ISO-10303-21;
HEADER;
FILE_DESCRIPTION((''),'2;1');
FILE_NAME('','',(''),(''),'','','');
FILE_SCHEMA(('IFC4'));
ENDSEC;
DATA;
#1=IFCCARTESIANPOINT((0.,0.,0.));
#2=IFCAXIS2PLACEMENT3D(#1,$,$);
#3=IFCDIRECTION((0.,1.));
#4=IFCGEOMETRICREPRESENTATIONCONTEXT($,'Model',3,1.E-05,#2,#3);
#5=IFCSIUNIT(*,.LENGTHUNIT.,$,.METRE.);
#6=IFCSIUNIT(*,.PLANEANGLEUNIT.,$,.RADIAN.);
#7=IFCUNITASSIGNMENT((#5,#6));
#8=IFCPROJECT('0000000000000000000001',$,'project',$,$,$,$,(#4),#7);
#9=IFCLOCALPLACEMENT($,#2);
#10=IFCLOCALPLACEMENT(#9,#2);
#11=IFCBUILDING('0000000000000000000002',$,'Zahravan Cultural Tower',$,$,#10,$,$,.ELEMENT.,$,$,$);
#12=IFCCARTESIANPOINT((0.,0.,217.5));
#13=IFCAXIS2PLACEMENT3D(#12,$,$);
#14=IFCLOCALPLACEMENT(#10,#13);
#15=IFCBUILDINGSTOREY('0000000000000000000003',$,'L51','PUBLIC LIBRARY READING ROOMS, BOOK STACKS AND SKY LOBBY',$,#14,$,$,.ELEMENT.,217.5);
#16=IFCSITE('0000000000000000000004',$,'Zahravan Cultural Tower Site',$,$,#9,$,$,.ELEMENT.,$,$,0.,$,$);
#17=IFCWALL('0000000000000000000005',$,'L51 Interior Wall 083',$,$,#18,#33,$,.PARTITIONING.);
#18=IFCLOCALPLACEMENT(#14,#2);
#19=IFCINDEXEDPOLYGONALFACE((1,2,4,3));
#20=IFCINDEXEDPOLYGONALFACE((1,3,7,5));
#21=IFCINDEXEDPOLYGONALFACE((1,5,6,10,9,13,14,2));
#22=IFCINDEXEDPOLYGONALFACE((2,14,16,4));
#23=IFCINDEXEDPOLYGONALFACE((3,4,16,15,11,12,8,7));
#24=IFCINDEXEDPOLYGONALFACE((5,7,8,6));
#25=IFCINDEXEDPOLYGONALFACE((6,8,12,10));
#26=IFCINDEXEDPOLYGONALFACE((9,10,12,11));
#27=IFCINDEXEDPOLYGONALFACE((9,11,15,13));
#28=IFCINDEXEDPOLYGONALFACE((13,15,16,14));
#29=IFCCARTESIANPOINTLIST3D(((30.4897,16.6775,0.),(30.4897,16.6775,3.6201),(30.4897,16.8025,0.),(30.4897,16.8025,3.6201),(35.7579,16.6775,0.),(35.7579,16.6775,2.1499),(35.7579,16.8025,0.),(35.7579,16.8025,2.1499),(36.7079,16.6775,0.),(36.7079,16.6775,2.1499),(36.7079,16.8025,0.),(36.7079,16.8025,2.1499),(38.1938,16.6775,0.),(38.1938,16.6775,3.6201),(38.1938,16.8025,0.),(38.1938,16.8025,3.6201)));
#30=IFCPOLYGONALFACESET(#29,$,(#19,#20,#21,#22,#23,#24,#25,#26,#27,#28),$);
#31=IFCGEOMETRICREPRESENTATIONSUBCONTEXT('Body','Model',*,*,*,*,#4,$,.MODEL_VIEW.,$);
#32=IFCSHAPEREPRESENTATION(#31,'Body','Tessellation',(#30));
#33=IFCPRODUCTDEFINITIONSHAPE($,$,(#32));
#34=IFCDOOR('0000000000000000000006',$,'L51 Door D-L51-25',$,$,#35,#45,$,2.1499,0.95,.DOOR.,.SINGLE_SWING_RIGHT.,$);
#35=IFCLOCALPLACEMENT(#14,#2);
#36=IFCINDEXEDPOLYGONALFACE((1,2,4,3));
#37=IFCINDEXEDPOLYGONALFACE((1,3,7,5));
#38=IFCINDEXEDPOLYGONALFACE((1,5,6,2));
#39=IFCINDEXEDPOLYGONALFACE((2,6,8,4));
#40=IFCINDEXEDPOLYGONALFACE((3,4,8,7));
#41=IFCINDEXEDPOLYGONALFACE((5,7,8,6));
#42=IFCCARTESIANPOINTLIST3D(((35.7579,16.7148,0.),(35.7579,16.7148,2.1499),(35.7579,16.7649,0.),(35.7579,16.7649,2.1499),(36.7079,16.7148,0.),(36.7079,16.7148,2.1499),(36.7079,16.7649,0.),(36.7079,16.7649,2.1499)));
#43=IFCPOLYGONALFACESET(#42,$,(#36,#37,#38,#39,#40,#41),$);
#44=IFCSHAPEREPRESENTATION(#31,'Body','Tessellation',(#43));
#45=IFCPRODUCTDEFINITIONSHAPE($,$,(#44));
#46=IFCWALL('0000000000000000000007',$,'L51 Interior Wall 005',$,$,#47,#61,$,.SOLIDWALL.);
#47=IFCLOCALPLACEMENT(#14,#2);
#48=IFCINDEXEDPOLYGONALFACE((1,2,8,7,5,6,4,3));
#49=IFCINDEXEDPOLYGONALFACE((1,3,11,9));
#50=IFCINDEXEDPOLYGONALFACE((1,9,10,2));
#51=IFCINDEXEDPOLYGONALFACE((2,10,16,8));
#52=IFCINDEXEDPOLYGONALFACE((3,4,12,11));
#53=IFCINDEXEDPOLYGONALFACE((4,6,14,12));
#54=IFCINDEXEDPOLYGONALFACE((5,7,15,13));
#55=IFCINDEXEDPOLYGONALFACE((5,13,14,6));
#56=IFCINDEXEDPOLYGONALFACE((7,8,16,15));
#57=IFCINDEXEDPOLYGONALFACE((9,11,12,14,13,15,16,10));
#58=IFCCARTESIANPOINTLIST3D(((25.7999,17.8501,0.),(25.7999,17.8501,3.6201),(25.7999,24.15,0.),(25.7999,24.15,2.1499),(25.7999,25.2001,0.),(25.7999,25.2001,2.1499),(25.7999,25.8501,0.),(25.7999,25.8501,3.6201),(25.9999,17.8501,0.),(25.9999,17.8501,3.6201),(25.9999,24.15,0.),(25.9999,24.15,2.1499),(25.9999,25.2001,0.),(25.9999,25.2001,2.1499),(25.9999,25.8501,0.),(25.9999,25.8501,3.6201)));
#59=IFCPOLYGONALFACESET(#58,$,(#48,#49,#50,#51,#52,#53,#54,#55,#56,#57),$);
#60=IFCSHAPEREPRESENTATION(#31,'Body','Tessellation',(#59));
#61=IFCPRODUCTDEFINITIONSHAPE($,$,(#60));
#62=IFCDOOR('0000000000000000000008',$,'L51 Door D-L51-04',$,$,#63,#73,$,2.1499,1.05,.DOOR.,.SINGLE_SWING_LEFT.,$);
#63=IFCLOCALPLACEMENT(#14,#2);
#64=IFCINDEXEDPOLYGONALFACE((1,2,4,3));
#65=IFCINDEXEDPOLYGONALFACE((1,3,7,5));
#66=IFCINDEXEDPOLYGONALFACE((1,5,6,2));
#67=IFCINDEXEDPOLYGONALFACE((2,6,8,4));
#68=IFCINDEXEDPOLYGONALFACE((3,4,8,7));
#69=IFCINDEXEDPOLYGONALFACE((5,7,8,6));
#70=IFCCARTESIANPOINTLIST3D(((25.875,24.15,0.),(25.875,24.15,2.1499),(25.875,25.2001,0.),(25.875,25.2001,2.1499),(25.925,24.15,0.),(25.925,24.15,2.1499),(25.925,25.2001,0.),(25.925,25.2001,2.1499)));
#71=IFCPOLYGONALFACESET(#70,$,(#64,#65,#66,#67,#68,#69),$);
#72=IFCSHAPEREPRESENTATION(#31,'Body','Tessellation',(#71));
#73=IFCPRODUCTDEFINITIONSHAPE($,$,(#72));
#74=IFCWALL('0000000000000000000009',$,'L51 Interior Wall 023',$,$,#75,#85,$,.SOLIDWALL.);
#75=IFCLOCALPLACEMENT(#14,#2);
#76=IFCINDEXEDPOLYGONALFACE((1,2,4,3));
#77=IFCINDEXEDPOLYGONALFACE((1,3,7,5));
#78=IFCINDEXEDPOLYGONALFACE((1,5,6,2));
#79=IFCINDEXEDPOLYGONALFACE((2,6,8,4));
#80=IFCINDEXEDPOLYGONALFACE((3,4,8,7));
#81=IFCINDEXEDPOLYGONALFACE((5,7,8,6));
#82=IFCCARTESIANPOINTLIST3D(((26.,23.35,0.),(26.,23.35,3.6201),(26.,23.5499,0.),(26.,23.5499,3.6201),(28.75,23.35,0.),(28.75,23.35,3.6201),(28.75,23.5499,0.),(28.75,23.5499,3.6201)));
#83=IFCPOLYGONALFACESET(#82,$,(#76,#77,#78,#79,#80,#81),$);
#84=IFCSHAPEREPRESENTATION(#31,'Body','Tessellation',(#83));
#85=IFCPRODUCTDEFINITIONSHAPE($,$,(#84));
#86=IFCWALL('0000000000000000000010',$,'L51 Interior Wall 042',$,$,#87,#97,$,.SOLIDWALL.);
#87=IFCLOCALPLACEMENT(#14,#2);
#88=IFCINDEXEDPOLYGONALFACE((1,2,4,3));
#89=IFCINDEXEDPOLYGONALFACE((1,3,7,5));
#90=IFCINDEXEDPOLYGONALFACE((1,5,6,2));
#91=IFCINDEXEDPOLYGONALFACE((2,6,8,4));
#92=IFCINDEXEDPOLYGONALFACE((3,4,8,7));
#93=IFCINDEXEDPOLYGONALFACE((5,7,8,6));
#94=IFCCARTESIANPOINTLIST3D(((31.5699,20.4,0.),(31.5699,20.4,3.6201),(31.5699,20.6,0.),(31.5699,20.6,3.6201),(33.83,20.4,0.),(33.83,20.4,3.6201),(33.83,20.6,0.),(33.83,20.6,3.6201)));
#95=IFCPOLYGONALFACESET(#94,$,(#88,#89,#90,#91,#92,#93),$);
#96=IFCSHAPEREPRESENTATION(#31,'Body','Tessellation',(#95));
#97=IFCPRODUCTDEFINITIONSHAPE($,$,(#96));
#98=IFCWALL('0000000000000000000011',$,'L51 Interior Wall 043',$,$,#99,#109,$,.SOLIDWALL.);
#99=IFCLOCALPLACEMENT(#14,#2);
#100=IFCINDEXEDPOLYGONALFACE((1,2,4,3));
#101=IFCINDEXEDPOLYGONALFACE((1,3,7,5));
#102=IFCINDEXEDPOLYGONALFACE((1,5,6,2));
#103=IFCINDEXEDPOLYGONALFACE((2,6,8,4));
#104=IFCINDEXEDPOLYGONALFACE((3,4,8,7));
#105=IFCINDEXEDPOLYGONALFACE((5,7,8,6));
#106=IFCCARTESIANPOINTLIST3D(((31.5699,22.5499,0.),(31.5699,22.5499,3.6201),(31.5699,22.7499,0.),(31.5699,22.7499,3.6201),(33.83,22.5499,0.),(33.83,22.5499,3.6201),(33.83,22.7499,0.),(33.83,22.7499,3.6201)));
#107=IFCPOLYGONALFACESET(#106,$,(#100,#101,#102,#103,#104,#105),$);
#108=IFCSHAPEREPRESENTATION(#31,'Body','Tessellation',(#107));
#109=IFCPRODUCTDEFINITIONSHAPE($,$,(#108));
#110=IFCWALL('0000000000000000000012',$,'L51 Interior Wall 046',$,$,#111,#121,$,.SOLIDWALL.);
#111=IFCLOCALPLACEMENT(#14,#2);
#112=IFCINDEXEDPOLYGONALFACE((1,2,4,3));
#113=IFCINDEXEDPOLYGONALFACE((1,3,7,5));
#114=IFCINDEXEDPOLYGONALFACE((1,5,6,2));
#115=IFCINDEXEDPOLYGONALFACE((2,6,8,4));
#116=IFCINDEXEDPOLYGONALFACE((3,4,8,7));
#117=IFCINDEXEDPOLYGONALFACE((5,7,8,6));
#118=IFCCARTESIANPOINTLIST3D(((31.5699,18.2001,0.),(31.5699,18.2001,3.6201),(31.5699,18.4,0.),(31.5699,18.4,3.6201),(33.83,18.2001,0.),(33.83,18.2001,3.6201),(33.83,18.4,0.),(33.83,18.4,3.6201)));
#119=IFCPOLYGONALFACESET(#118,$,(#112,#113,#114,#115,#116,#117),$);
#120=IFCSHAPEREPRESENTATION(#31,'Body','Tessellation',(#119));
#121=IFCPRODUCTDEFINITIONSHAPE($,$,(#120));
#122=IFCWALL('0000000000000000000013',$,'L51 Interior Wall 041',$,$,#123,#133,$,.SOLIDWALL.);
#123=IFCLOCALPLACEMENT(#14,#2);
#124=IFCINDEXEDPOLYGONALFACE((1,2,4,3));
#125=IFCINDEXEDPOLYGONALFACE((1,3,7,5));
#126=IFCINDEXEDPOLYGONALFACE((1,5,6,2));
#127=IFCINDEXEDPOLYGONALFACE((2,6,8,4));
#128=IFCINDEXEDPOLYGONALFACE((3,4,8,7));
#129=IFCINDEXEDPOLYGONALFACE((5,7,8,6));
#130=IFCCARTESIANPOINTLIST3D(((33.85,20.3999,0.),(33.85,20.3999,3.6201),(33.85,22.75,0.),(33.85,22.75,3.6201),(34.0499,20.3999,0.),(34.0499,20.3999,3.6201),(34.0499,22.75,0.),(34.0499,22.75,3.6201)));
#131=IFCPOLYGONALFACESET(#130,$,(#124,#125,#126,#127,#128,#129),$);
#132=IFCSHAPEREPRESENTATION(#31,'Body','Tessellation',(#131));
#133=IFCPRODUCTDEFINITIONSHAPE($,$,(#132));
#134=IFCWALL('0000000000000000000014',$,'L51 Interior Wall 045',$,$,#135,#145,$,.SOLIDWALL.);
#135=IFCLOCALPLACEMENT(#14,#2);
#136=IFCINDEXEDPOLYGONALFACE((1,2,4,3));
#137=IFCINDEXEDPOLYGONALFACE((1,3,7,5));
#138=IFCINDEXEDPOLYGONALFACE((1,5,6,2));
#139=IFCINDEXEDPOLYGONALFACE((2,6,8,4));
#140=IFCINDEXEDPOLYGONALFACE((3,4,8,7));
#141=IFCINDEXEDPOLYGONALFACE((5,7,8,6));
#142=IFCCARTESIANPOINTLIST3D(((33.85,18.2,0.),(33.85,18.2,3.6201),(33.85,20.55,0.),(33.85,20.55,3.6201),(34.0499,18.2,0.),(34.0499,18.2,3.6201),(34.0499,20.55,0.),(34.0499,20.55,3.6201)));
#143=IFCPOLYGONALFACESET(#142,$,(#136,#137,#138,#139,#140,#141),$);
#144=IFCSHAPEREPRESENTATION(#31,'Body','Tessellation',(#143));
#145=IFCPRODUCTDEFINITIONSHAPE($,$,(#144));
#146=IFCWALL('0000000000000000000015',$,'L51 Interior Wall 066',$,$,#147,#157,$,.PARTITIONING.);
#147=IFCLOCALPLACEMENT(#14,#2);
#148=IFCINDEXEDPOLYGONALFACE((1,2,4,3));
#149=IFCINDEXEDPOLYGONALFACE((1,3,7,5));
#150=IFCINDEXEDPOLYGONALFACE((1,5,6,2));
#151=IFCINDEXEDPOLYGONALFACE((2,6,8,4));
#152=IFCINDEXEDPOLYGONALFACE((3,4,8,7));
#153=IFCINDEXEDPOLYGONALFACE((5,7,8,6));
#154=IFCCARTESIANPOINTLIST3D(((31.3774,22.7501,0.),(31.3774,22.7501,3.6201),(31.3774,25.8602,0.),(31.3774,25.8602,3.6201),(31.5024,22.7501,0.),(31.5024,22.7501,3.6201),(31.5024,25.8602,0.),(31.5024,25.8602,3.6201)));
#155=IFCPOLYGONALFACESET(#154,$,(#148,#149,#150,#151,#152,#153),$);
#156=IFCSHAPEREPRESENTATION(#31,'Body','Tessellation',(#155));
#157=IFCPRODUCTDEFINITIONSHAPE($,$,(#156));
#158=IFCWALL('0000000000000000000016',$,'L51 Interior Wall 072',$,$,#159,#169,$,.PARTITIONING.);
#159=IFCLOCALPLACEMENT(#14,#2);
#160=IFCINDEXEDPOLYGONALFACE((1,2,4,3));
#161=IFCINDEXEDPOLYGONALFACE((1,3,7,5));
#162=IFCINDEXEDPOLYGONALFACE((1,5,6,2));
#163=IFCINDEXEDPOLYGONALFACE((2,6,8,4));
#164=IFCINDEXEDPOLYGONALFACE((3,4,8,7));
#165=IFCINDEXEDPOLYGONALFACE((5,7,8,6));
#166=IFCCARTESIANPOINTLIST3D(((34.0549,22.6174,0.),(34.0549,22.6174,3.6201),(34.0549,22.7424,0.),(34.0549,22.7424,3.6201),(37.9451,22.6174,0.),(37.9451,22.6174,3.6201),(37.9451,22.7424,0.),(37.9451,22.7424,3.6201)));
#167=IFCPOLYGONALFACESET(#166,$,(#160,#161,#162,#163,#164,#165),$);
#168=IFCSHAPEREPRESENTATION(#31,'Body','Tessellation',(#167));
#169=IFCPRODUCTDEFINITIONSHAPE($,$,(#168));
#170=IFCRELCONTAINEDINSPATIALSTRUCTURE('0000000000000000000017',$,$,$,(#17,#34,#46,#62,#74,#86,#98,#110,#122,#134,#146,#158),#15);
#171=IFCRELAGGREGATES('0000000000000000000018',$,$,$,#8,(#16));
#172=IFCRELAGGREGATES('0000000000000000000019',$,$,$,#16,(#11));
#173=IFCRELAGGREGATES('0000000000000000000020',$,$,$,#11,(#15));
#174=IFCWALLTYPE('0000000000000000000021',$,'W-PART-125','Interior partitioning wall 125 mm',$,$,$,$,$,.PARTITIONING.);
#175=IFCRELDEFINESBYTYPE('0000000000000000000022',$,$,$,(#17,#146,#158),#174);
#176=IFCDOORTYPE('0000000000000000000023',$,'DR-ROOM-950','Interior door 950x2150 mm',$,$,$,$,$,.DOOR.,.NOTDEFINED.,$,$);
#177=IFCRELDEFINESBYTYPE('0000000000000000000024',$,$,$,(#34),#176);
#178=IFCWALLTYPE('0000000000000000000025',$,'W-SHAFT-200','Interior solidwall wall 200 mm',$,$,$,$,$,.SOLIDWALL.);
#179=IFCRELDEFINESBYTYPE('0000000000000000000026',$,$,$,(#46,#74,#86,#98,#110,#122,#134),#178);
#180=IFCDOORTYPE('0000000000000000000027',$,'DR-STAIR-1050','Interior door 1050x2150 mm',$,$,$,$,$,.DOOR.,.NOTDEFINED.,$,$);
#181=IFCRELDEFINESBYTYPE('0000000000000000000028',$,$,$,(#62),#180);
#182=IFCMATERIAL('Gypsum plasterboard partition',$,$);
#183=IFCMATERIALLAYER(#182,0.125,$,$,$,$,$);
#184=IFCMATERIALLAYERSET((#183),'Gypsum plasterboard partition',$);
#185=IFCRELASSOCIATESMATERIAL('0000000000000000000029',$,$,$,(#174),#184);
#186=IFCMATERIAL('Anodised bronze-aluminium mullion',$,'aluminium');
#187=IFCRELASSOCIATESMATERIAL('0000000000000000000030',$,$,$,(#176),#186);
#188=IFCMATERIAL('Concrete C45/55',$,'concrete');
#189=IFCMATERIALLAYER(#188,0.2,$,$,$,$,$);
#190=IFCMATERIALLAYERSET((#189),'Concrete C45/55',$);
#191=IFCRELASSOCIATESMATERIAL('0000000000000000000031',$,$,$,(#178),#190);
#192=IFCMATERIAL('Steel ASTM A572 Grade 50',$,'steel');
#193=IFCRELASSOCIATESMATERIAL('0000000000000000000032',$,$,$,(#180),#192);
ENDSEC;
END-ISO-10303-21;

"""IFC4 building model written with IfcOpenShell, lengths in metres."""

from ifc_helpers import new_model, si_unit, direction, frame, frame_2d, origin, place, context, subcontext, project, spatial, rectangle, extrude, source, transform, mapped, material, layer, layer_set, type_object, element, fill, save


model = new_model("IFC4")

# Units and contexts
model_context = context("Model", 3, precision=1e-05, world=origin(), true_north=direction((0.0, 1.0)))
body_context = subcontext(model_context, "Body", "Model", "MODEL_VIEW")
ifc_project = project(units=[si_unit("LENGTHUNIT", "METRE"), si_unit("PLANEANGLEUNIT", "RADIAN")], contexts=[model_context])

# Site, building, storey
site_placement = place(None, origin())
site = spatial("IfcSite", under=ifc_project, at=site_placement, Name="Zahravan Cultural Tower Site", CompositionType="ELEMENT", RefElevation=0.0)
building_placement = place(site_placement, origin())
building = spatial("IfcBuilding", under=site, at=building_placement, Name="Zahravan Cultural Tower", CompositionType="ELEMENT")
storey_placement = place(building_placement, frame((0.0, 0.0, 217.5)))
storey = spatial("IfcBuildingStorey", under=building, at=storey_placement, Name="L51", Description="PUBLIC LIBRARY READING ROOMS, BOOK STACKS AND SKY LOBBY", CompositionType="ELEMENT", Elevation=217.5)

# Shared definitions
ifc_material_1 = material(Name="Anodised bronze-aluminium mullion", Category="aluminium")

# Shared definitions
ifc_material_2 = material(Name="Steel ASTM A572 Grade 50", Category="steel")

# Walls, openings, doors
ifc_material_3 = material(Name="Gypsum plasterboard partition")
ifc_layer_1 = layer(ifc_material_3, 0.125)
ifc_layer_set_1 = layer_set([ifc_layer_1], Name="Gypsum plasterboard partition")
wall_type_1 = type_object("IfcWallType", Name="W-PART-125", Description="Interior partitioning wall 125 mm", PredefinedType="PARTITIONING", material=ifc_layer_set_1)
wall_1_placement = place(storey_placement, frame((30.4897, 16.74, 0.0), z_axis=(0.0, 0.0, 1.0), x_axis=(1.0, 0.0, 0.0)))
wall_1 = element("IfcWall", 1, at=wall_1_placement, inside=storey, type_object=wall_type_1, Name="L51 Interior Wall 083", PredefinedType="PARTITIONING", context=body_context, shape_type="SweptSolid", body=[
    extrude(rectangle(XDim=7.7041, YDim=0.125, at=frame_2d((3.8521, 0.0))), origin(), (0.0, 0.0, 1.0), 3.6201),
])
opening_1_placement = place(wall_1_placement, frame((5.2681, 0.0, 0.0)))
opening_1 = element("IfcOpeningElement", 2, at=opening_1_placement, cuts=wall_1, PredefinedType="OPENING", context=body_context, shape_type="SweptSolid", body=[
    extrude(rectangle(XDim=0.95, YDim=2.1499, at=frame_2d((0.4751, 1.075))), frame((0.0, 0.0725, 0.0), z_axis=(0.0, -1.0, 0.0), x_axis=(1.0, 0.0, 0.0)), (0.0, 0.0, 1.0), 0.145),
])
door_type_1 = type_object("IfcDoorType", Name="DR-ROOM-950", Description="Interior door 950x2150 mm", OperationType="NOTDEFINED", PredefinedType="DOOR", material=ifc_material_1)
shared_shape_1 = source(origin(), body_context, "Body", "SweptSolid", [
    extrude(rectangle(XDim=0.95, YDim=2.1499, at=frame_2d((0.4751, 1.075))), frame((0.0, 0.0249, 0.0), z_axis=(0.0, -1.0, 0.0), x_axis=(1.0, 0.0, 0.0)), (0.0, 0.0, 1.0), 0.05),
])
door_1_placement = place(opening_1_placement, origin())
door_1 = element("IfcDoor", 3, at=door_1_placement, inside=storey, type_object=door_type_1, Name="L51 Door D-L51-25", OperationType="SINGLE_SWING_RIGHT", OverallHeight=2.1499, OverallWidth=0.95, PredefinedType="DOOR", context=body_context, shape_type="MappedRepresentation", body=[
    mapped(shared_shape_1, transform((0.0, 0.0, 0.0), x_axis=(1.0, 0.0, 0.0), y_axis=(0.0, 1.0, 0.0), z_axis=(0.0, 0.0, 1.0), scale=1.0)),
])
fill(opening_1, door_1)
ifc_material_4 = material(Name="Concrete C45/55", Category="concrete")
ifc_layer_2 = layer(ifc_material_4, 0.2)
ifc_layer_set_2 = layer_set([ifc_layer_2], Name="Concrete C45/55")
wall_type_2 = type_object("IfcWallType", Name="W-SHAFT-200", Description="Interior solidwall wall 200 mm", PredefinedType="SOLIDWALL", material=ifc_layer_set_2)
wall_2_placement = place(storey_placement, frame((25.8999, 17.8501, 0.0), z_axis=(0.0, 0.0, 1.0), x_axis=(0.0, 1.0, 0.0)))
wall_2 = element("IfcWall", 4, at=wall_2_placement, inside=storey, type_object=wall_type_2, Name="L51 Interior Wall 005", PredefinedType="SOLIDWALL", context=body_context, shape_type="SweptSolid", body=[
    extrude(rectangle(XDim=8.0, YDim=0.2, at=frame_2d((4.0, 0.0))), origin(), (0.0, 0.0, 1.0), 3.6201),
])
opening_2_placement = place(wall_2_placement, frame((6.3, 0.0, 0.0)))
opening_2 = element("IfcOpeningElement", 5, at=opening_2_placement, cuts=wall_2, PredefinedType="OPENING", context=body_context, shape_type="SweptSolid", body=[
    extrude(rectangle(XDim=1.05, YDim=2.1499, at=frame_2d((0.5249, 1.075))), frame((0.0, 0.1099, 0.0), z_axis=(0.0, -1.0, 0.0), x_axis=(1.0, 0.0, 0.0)), (0.0, 0.0, 1.0), 0.22),
])
door_type_2 = type_object("IfcDoorType", Name="DR-STAIR-1050", Description="Interior door 1050x2150 mm", OperationType="NOTDEFINED", PredefinedType="DOOR", material=ifc_material_2)
shared_shape_2 = source(origin(), body_context, "Body", "SweptSolid", [
    extrude(rectangle(XDim=1.05, YDim=2.1499, at=frame_2d((0.5249, 1.075))), frame((0.0, 0.0249, 0.0), z_axis=(0.0, -1.0, 0.0), x_axis=(1.0, 0.0, 0.0)), (0.0, 0.0, 1.0), 0.05),
])
door_2_placement = place(opening_2_placement, origin())
door_2 = element("IfcDoor", 6, at=door_2_placement, inside=storey, type_object=door_type_2, Name="L51 Door D-L51-04", OperationType="SINGLE_SWING_LEFT", OverallHeight=2.1499, OverallWidth=1.05, PredefinedType="DOOR", context=body_context, shape_type="MappedRepresentation", body=[
    mapped(shared_shape_2, transform((0.0, 0.0, 0.0), x_axis=(1.0, 0.0, 0.0), y_axis=(0.0, 1.0, 0.0), z_axis=(0.0, 0.0, 1.0), scale=1.0)),
])
fill(opening_2, door_2)

# Walls
shared_shape_3 = source(origin(), body_context, "Body", "SweptSolid", [
    extrude(rectangle(XDim=2.75, YDim=0.2, at=frame_2d((1.375, 0.0))), origin(), (0.0, 0.0, 1.0), 3.6201),
])
wall_3_placement = place(storey_placement, frame((26.0, 23.45, 0.0), z_axis=(0.0, 0.0, 1.0), x_axis=(1.0, 0.0, 0.0)))
element("IfcWall", 7, at=wall_3_placement, inside=storey, type_object=wall_type_2, Name="L51 Interior Wall 023", PredefinedType="SOLIDWALL", context=body_context, shape_type="MappedRepresentation", body=[
    mapped(shared_shape_3, transform((0.0, 0.0, 0.0), x_axis=(1.0, 0.0, 0.0), y_axis=(0.0, 1.0, 0.0), z_axis=(0.0, 0.0, 1.0), scale=1.0)),
])
shared_shape_4 = source(origin(), body_context, "Body", "SweptSolid", [
    extrude(rectangle(XDim=2.26, YDim=0.2, at=frame_2d((1.1299, 0.0))), origin(), (0.0, 0.0, 1.0), 3.6201),
])
for number, where, z_axis, x_axis, name in (
    (8, (31.5701, 20.5, 0.0), (0.0, 0.0, 1.0), (1.0, 0.0, 0.0), "L51 Interior Wall 042"),
    (9, (31.5701, 22.6499, 0.0), (0.0, 0.0, 1.0), (1.0, 0.0, 0.0), "L51 Interior Wall 043"),
    (10, (31.5701, 18.3, 0.0), (0.0, 0.0, 1.0), (1.0, 0.0, 0.0), "L51 Interior Wall 046"),
):
    element("IfcWall", number, at=place(storey_placement, frame(where, z_axis=z_axis, x_axis=x_axis)), inside=storey, type_object=wall_type_2, Name=name, PredefinedType="SOLIDWALL", context=body_context, shape_type="MappedRepresentation", body=[
        mapped(shared_shape_4, transform((0.0, 0.0, 0.0), x_axis=(1.0, 0.0, 0.0), y_axis=(0.0, 1.0, 0.0), z_axis=(0.0, 0.0, 1.0), scale=1.0)),
    ])
shared_shape_5 = source(origin(), body_context, "Body", "SweptSolid", [
    extrude(rectangle(XDim=2.3501, YDim=0.2, at=frame_2d((1.175, 0.0))), origin(), (0.0, 0.0, 1.0), 3.6201),
])
for number, where, z_axis, x_axis, name in (
    (11, (33.95, 20.3999, 0.0), (0.0, 0.0, 1.0), (0.0, 1.0, 0.0), "L51 Interior Wall 041"),
    (12, (33.95, 18.2, 0.0), (0.0, 0.0, 1.0), (0.0, 1.0, 0.0), "L51 Interior Wall 045"),
):
    element("IfcWall", number, at=place(storey_placement, frame(where, z_axis=z_axis, x_axis=x_axis)), inside=storey, type_object=wall_type_2, Name=name, PredefinedType="SOLIDWALL", context=body_context, shape_type="MappedRepresentation", body=[
        mapped(shared_shape_5, transform((0.0, 0.0, 0.0), x_axis=(1.0, 0.0, 0.0), y_axis=(0.0, 1.0, 0.0), z_axis=(0.0, 0.0, 1.0), scale=1.0)),
    ])
shared_shape_6 = source(origin(), body_context, "Body", "SweptSolid", [
    extrude(rectangle(XDim=3.1101, YDim=0.125, at=frame_2d((1.5552, 0.0))), origin(), (0.0, 0.0, 1.0), 3.6201),
])
wall_4_placement = place(storey_placement, frame((31.4399, 22.75, 0.0), z_axis=(0.0, 0.0, 1.0), x_axis=(0.0, 1.0, 0.0)))
element("IfcWall", 13, at=wall_4_placement, inside=storey, type_object=wall_type_1, Name="L51 Interior Wall 066", PredefinedType="PARTITIONING", context=body_context, shape_type="MappedRepresentation", body=[
    mapped(shared_shape_6, transform((0.0, 0.0, 0.0), x_axis=(1.0, 0.0, 0.0), y_axis=(0.0, 1.0, 0.0), z_axis=(0.0, 0.0, 1.0), scale=1.0)),
])
shared_shape_7 = source(origin(), body_context, "Body", "SweptSolid", [
    extrude(rectangle(XDim=3.8901, YDim=0.125, at=frame_2d((1.9451, 0.0))), origin(), (0.0, 0.0, 1.0), 3.6201),
])
wall_5_placement = place(storey_placement, frame((34.0549, 22.6799, 0.0), z_axis=(0.0, 0.0, 1.0), x_axis=(1.0, 0.0, 0.0)))
element("IfcWall", 14, at=wall_5_placement, inside=storey, type_object=wall_type_1, Name="L51 Interior Wall 072", PredefinedType="PARTITIONING", context=body_context, shape_type="MappedRepresentation", body=[
    mapped(shared_shape_7, transform((0.0, 0.0, 0.0), x_axis=(1.0, 0.0, 0.0), y_axis=(0.0, 1.0, 0.0), z_axis=(0.0, 0.0, 1.0), scale=1.0)),
])

save(model, "model.ifc")
